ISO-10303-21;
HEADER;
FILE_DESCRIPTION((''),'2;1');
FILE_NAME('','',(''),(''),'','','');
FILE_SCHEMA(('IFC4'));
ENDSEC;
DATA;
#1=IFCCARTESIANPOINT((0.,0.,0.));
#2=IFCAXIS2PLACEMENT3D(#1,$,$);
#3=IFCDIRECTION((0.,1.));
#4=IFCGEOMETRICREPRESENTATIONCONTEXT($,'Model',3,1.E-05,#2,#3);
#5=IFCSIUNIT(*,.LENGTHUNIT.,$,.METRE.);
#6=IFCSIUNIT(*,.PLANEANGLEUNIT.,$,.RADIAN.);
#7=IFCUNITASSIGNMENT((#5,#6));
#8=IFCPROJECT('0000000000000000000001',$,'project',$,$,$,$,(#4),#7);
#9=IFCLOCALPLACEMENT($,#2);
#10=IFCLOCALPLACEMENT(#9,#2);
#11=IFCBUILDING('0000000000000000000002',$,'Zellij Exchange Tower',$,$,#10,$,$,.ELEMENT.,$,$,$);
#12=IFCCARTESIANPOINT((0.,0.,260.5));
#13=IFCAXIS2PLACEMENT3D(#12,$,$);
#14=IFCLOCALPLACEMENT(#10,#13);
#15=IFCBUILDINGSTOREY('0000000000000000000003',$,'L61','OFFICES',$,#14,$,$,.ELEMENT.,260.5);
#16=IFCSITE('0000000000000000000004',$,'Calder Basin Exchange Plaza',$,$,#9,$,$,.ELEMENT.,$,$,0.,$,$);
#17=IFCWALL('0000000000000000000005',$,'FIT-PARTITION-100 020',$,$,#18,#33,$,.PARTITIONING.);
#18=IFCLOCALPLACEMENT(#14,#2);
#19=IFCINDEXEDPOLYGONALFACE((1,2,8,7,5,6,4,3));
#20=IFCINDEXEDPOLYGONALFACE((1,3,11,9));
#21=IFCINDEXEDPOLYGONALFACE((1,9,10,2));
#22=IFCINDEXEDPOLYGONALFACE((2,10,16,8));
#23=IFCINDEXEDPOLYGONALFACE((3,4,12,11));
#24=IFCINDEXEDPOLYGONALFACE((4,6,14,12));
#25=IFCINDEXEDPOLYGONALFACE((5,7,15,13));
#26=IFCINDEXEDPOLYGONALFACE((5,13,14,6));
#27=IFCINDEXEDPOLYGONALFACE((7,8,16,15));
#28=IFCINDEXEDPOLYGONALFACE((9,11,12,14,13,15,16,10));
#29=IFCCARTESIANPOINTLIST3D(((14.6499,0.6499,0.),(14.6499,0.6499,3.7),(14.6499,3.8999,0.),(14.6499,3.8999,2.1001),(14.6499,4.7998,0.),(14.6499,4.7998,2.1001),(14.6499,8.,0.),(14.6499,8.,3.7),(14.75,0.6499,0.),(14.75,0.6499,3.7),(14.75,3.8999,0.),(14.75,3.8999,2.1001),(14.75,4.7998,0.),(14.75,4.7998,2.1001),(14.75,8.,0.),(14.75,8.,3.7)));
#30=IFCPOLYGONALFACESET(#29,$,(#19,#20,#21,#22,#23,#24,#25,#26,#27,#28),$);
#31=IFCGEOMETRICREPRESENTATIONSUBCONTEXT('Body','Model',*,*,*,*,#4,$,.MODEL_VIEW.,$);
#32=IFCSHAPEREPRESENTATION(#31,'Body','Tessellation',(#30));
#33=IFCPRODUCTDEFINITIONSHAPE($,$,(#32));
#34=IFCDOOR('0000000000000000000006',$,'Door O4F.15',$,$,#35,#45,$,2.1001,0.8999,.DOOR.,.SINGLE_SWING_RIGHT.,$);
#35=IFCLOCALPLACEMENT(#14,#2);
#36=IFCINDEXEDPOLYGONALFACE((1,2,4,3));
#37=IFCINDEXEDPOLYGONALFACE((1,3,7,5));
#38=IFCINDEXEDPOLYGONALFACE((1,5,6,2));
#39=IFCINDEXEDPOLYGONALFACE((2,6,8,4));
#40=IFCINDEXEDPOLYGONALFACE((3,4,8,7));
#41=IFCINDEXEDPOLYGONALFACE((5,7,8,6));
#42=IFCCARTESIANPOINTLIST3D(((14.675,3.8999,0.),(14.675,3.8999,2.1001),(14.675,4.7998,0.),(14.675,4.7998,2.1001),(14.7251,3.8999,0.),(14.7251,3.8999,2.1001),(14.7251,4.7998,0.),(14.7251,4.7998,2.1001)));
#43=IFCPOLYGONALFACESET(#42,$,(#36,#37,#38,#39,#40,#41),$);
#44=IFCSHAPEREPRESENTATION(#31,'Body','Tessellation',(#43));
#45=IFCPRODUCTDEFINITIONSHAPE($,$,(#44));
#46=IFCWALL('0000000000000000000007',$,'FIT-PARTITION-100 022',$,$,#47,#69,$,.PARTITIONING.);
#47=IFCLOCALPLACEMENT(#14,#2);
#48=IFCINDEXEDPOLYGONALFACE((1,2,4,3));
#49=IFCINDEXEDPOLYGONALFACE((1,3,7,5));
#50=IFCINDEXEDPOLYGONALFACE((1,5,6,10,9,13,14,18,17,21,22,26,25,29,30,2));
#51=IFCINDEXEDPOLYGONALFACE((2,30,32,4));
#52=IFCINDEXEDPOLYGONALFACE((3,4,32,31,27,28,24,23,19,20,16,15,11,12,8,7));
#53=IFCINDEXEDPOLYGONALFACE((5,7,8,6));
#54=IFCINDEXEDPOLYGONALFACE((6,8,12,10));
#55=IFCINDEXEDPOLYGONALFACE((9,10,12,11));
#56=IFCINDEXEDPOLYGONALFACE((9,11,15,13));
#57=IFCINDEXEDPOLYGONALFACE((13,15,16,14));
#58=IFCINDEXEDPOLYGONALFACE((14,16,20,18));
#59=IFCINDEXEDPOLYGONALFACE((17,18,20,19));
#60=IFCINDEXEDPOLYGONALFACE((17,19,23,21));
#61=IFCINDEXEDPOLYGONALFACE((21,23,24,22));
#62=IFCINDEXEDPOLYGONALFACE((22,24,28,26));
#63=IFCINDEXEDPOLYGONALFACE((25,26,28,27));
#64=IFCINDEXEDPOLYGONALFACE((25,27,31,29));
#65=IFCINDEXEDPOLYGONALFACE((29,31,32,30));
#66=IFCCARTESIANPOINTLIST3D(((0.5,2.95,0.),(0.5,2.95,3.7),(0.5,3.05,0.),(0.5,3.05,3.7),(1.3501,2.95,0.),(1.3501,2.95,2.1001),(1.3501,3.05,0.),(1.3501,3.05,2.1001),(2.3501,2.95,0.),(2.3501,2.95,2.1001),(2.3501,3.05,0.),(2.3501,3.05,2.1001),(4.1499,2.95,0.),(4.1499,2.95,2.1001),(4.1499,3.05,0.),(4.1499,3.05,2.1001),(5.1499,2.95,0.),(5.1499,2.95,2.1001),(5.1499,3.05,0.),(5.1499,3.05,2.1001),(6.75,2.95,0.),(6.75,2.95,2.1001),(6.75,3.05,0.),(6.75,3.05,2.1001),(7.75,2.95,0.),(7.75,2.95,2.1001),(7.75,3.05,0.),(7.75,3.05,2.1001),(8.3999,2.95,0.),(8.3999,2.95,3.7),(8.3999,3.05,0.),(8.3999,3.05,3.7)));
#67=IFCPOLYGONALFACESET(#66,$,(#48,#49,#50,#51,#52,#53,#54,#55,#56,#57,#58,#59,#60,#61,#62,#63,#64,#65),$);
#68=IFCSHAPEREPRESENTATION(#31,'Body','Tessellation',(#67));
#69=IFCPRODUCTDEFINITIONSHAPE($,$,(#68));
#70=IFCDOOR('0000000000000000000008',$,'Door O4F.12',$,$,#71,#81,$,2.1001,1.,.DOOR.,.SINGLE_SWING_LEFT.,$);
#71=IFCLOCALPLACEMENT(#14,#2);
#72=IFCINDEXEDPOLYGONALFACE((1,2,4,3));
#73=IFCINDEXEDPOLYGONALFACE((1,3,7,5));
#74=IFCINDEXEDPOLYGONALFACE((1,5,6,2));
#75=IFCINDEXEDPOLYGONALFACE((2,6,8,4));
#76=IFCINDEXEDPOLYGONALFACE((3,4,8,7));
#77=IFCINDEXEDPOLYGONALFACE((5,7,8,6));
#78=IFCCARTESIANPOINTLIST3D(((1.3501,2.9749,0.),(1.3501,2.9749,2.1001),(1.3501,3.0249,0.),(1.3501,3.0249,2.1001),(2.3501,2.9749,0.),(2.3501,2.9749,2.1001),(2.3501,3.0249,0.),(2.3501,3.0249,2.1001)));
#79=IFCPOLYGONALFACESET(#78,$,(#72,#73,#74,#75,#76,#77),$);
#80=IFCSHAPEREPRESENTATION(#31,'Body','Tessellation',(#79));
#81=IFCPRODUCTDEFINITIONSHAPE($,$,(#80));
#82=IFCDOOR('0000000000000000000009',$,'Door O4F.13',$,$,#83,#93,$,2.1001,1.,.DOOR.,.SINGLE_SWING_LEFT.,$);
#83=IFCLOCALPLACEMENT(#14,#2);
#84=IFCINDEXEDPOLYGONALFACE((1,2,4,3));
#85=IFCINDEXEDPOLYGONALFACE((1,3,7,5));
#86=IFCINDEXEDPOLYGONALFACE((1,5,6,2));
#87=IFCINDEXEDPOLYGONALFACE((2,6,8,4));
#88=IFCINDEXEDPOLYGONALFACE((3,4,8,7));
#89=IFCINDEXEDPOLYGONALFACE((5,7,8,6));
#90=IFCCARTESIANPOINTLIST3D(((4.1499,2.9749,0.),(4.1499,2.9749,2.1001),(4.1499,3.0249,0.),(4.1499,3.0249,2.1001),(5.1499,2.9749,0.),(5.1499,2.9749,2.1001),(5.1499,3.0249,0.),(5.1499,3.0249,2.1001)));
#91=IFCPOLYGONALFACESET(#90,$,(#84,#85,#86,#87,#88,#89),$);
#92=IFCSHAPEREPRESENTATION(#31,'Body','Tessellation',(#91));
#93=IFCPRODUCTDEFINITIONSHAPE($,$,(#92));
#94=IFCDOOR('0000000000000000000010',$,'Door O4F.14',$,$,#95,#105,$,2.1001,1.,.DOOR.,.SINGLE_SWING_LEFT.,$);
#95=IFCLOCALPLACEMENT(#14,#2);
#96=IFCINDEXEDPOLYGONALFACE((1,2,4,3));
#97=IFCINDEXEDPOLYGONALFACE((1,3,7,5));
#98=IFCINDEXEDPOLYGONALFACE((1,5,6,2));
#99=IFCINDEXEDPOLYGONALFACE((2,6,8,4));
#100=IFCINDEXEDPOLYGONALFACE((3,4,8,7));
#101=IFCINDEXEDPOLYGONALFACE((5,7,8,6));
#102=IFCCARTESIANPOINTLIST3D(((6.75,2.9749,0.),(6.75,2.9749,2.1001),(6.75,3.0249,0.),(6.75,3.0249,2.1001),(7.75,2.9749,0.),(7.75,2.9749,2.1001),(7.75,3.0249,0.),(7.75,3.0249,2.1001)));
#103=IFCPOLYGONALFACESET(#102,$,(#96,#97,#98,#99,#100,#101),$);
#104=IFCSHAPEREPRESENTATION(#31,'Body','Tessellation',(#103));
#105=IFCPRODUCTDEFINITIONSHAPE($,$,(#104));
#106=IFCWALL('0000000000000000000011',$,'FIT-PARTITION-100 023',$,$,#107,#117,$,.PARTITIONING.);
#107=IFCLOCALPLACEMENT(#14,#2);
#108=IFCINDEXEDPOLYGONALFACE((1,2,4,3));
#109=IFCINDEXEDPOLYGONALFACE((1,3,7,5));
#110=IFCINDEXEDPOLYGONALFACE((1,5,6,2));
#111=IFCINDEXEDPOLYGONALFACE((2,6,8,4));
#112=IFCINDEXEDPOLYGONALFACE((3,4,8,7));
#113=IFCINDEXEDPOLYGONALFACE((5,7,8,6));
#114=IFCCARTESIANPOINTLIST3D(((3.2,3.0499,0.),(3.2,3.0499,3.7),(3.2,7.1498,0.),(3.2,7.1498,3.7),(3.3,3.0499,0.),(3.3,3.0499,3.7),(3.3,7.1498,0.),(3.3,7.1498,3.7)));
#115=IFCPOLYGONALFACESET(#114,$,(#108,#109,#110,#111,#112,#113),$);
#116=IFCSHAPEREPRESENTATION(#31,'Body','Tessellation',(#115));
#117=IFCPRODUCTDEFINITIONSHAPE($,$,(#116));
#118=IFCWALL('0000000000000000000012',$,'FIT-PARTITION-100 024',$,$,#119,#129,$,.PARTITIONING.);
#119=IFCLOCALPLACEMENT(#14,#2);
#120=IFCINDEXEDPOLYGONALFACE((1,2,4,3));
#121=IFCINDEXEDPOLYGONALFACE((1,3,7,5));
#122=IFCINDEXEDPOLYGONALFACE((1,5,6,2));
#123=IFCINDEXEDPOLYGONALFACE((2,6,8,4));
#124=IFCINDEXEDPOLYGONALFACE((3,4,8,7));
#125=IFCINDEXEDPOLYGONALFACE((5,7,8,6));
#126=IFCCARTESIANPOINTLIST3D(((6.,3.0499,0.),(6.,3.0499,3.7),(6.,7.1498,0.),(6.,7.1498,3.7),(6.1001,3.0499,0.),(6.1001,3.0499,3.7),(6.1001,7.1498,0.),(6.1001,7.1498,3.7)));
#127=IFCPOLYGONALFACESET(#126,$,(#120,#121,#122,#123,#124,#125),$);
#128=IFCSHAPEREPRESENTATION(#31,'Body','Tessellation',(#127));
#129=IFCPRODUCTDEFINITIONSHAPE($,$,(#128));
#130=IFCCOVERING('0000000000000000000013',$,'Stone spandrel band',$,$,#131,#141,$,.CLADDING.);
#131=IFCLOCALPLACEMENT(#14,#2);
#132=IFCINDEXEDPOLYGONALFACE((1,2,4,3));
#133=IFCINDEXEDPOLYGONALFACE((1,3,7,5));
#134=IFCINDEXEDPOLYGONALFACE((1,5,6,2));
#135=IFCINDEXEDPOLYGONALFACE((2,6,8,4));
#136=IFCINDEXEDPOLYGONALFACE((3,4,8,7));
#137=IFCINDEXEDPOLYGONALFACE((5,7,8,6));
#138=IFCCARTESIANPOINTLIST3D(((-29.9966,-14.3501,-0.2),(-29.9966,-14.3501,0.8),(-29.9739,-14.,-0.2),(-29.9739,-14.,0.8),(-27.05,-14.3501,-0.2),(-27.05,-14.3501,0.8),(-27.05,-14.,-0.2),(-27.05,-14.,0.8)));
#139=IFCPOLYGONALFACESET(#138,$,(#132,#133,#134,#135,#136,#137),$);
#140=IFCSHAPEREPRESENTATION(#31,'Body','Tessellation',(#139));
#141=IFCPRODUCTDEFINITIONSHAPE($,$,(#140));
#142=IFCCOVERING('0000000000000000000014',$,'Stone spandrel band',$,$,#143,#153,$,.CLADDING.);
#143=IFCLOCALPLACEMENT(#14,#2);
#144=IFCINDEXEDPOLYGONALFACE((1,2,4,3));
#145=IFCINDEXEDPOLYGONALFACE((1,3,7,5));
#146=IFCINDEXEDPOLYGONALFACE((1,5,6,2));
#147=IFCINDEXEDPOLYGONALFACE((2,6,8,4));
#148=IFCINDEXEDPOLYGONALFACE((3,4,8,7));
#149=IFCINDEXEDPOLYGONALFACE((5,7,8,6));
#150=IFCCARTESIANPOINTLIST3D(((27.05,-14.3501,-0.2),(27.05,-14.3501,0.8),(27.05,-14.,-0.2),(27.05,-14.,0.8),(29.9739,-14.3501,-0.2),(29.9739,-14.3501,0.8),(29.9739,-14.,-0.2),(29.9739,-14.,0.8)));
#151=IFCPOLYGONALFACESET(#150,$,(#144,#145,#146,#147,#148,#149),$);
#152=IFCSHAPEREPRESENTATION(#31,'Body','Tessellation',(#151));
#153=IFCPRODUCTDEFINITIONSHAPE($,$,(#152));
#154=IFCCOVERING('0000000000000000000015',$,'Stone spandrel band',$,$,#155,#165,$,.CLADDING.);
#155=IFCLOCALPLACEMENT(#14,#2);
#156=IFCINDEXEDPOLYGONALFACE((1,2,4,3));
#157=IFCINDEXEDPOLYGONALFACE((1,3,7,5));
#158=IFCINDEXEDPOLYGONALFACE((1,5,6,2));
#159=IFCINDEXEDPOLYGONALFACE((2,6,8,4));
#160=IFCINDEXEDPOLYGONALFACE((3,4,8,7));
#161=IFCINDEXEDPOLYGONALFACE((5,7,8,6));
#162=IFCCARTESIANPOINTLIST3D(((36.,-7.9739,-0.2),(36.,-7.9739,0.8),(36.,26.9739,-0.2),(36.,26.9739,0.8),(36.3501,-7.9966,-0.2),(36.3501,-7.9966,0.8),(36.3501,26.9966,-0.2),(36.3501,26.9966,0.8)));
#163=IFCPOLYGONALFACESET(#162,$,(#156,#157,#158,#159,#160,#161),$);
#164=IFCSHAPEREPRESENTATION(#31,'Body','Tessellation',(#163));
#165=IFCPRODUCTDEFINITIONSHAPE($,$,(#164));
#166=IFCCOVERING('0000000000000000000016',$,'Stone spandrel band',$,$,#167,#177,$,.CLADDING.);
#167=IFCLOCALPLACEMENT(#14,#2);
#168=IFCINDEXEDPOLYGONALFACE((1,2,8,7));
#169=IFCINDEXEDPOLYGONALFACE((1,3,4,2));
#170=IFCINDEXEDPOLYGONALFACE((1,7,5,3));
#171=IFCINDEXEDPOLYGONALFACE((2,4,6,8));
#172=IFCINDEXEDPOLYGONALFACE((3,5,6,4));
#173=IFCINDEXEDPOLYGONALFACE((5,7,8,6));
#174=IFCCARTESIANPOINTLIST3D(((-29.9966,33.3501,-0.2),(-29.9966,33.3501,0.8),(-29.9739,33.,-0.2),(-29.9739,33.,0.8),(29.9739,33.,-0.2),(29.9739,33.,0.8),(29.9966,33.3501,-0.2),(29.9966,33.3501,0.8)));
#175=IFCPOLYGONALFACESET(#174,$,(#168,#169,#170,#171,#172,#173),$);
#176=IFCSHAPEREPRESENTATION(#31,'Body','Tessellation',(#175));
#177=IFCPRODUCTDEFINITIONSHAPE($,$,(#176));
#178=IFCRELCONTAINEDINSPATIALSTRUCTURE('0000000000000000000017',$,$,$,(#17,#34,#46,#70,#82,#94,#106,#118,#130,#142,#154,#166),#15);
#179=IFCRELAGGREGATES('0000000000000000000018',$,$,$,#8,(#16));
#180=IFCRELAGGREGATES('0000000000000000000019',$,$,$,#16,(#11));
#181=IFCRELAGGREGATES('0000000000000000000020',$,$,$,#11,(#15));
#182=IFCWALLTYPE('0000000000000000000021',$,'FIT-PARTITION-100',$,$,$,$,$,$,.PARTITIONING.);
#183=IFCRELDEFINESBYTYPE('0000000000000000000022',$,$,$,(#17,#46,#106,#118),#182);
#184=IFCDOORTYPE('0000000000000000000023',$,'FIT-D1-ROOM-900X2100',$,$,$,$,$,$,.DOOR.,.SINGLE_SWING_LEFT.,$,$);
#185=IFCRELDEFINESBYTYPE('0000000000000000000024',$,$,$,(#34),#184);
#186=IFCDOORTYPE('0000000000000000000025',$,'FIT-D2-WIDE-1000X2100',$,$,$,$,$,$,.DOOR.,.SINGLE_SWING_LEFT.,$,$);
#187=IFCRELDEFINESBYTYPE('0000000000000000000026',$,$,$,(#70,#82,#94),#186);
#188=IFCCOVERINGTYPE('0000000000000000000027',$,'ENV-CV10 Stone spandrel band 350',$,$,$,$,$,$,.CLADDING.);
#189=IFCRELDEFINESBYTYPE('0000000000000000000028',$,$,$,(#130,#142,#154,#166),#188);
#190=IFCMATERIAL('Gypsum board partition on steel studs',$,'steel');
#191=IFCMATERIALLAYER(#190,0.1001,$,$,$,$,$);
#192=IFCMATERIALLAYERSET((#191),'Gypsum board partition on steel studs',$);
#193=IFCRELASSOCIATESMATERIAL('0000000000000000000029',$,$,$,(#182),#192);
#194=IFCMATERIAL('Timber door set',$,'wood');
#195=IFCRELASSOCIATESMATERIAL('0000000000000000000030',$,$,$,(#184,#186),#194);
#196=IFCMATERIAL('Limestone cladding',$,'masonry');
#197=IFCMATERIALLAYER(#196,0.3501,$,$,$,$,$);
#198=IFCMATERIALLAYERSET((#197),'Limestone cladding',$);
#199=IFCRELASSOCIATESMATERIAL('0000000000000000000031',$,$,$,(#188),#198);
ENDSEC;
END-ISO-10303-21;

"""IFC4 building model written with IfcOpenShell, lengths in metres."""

from ifc_helpers import new_model, si_unit, direction, frame, frame_2d, origin, place, context, subcontext, project, spatial, polyline, rectangle, outline, extrude, material, layer, layer_set, type_object, element, fill, save


model = new_model("IFC4")

# Units and contexts
model_context = context("Model", 3, precision=1e-05, world=origin(), true_north=direction((0.0, 1.0)))
body_context = subcontext(model_context, "Body", "Model", "MODEL_VIEW")
ifc_project = project(units=[si_unit("LENGTHUNIT", "METRE"), si_unit("PLANEANGLEUNIT", "RADIAN")], contexts=[model_context])

# Site, building, storey
site_placement = place(None, origin())
site = spatial("IfcSite", under=ifc_project, at=site_placement, Name="Calder Basin Exchange Plaza", CompositionType="ELEMENT", RefElevation=0.0)
building_placement = place(site_placement, origin())
building = spatial("IfcBuilding", under=site, at=building_placement, Name="Zellij Exchange Tower", CompositionType="ELEMENT")
storey_placement = place(building_placement, frame((0.0, 0.0, 260.5)))
storey = spatial("IfcBuildingStorey", under=building, at=storey_placement, Name="L61", Description="OFFICES", CompositionType="ELEMENT", Elevation=260.5)

# Shared definitions
ifc_material_1 = material(Name="Gypsum board partition on steel studs", Category="steel")
ifc_layer_1 = layer(ifc_material_1, 0.1001)
ifc_layer_set_1 = layer_set([ifc_layer_1], Name="Gypsum board partition on steel studs")
wall_type = type_object("IfcWallType", Name="FIT-PARTITION-100", PredefinedType="PARTITIONING", material=ifc_layer_set_1)

# Wall, opening, door
ifc_material_2 = material(Name="Timber door set", Category="wood")
door_type_1 = type_object("IfcDoorType", Name="FIT-D1-ROOM-900X2100", OperationType="SINGLE_SWING_LEFT", PredefinedType="DOOR", material=ifc_material_2)
wall_1_placement = place(storey_placement, frame((14.7, 0.6499, 0.0), z_axis=(0.0, 0.0, 1.0), x_axis=(0.0, 1.0, 0.0)))
wall_1 = element("IfcWall", 1, at=wall_1_placement, inside=storey, type_object=wall_type, Name="FIT-PARTITION-100 020", PredefinedType="PARTITIONING", context=body_context, shape_type="SweptSolid", body=[
    extrude(rectangle(XDim=7.3501, YDim=0.1001, at=frame_2d((3.675, 0.0))), origin(), (0.0, 0.0, 1.0), 3.7),
])
opening_1_placement = place(wall_1_placement, frame((3.25, 0.0, 0.0)))
opening_1 = element("IfcOpeningElement", 2, at=opening_1_placement, cuts=wall_1, PredefinedType="OPENING", context=body_context, shape_type="SweptSolid", body=[
    extrude(rectangle(XDim=0.8999, YDim=2.1001, at=frame_2d((0.45, 1.05))), frame((0.0, 0.062, 0.0), z_axis=(0.0, -1.0, 0.0), x_axis=(1.0, 0.0, 0.0)), (0.0, 0.0, 1.0), 0.124),
])
door_1_placement = place(opening_1_placement, origin())
door_1 = element("IfcDoor", 3, at=door_1_placement, inside=storey, type_object=door_type_1, Name="Door O4F.15", OperationType="SINGLE_SWING_RIGHT", OverallHeight=2.1001, OverallWidth=0.8999, PredefinedType="DOOR", context=body_context, shape_type="SweptSolid", body=[
    extrude(rectangle(XDim=0.8999, YDim=2.1001, at=frame_2d((0.45, 1.05))), frame((0.0, 0.0249, 0.0), z_axis=(0.0, -1.0, 0.0), x_axis=(1.0, 0.0, 0.0)), (0.0, 0.0, 1.0), 0.05),
])
fill(opening_1, door_1)

# Wall, openings, doors
wall_2_placement = place(storey_placement, frame((0.5, 3.0, 0.0), z_axis=(0.0, 0.0, 1.0), x_axis=(1.0, 0.0, 0.0)))
wall_2 = element("IfcWall", 4, at=wall_2_placement, inside=storey, type_object=wall_type, Name="FIT-PARTITION-100 022", PredefinedType="PARTITIONING", context=body_context, shape_type="SweptSolid", body=[
    extrude(rectangle(XDim=7.8999, YDim=0.1001, at=frame_2d((3.95, 0.0))), origin(), (0.0, 0.0, 1.0), 3.7),
])
opening_2_placement = place(wall_2_placement, frame((0.8501, 0.0, 0.0)))
opening_2 = element("IfcOpeningElement", 5, at=opening_2_placement, cuts=wall_2, PredefinedType="OPENING", context=body_context, shape_type="SweptSolid", body=[
    extrude(rectangle(XDim=1.0, YDim=2.1001, at=frame_2d((0.5, 1.05))), frame((0.0, 0.062, 0.0), z_axis=(0.0, -1.0, 0.0), x_axis=(1.0, 0.0, 0.0)), (0.0, 0.0, 1.0), 0.124),
])
opening_3_placement = place(wall_2_placement, frame((3.6499, 0.0, 0.0)))
opening_3 = element("IfcOpeningElement", 6, at=opening_3_placement, cuts=wall_2, PredefinedType="OPENING", context=body_context, shape_type="SweptSolid", body=[
    extrude(rectangle(XDim=1.0, YDim=2.1001, at=frame_2d((0.5, 1.05))), frame((0.0, 0.062, 0.0), z_axis=(0.0, -1.0, 0.0), x_axis=(1.0, 0.0, 0.0)), (0.0, 0.0, 1.0), 0.124),
])
opening_4_placement = place(wall_2_placement, frame((6.25, 0.0, 0.0)))
opening_4 = element("IfcOpeningElement", 7, at=opening_4_placement, cuts=wall_2, PredefinedType="OPENING", context=body_context, shape_type="SweptSolid", body=[
    extrude(rectangle(XDim=1.0, YDim=2.1001, at=frame_2d((0.5, 1.05))), frame((0.0, 0.062, 0.0), z_axis=(0.0, -1.0, 0.0), x_axis=(1.0, 0.0, 0.0)), (0.0, 0.0, 1.0), 0.124),
])
door_type_2 = type_object("IfcDoorType", Name="FIT-D2-WIDE-1000X2100", OperationType="SINGLE_SWING_LEFT", PredefinedType="DOOR", material=ifc_material_2)
door_2_placement = place(opening_2_placement, origin())
door_2 = element("IfcDoor", 8, at=door_2_placement, inside=storey, type_object=door_type_2, Name="Door O4F.12", OperationType="SINGLE_SWING_LEFT", OverallHeight=2.1001, OverallWidth=1.0, PredefinedType="DOOR", context=body_context, shape_type="SweptSolid", body=[
    extrude(rectangle(XDim=1.0, YDim=2.1001, at=frame_2d((0.5, 1.05))), frame((0.0, 0.0249, 0.0), z_axis=(0.0, -1.0, 0.0), x_axis=(1.0, 0.0, 0.0)), (0.0, 0.0, 1.0), 0.05),
])
fill(opening_2, door_2)
door_3_placement = place(opening_3_placement, origin())
door_3 = element("IfcDoor", 9, at=door_3_placement, inside=storey, type_object=door_type_2, Name="Door O4F.13", OperationType="SINGLE_SWING_LEFT", OverallHeight=2.1001, OverallWidth=1.0, PredefinedType="DOOR", context=body_context, shape_type="SweptSolid", body=[
    extrude(rectangle(XDim=1.0, YDim=2.1001, at=frame_2d((0.5, 1.05))), frame((0.0, 0.0249, 0.0), z_axis=(0.0, -1.0, 0.0), x_axis=(1.0, 0.0, 0.0)), (0.0, 0.0, 1.0), 0.05),
])
fill(opening_3, door_3)
door_4_placement = place(opening_4_placement, origin())
door_4 = element("IfcDoor", 10, at=door_4_placement, inside=storey, type_object=door_type_2, Name="Door O4F.14", OperationType="SINGLE_SWING_LEFT", OverallHeight=2.1001, OverallWidth=1.0, PredefinedType="DOOR", context=body_context, shape_type="SweptSolid", body=[
    extrude(rectangle(XDim=1.0, YDim=2.1001, at=frame_2d((0.5, 1.05))), frame((0.0, 0.0249, 0.0), z_axis=(0.0, -1.0, 0.0), x_axis=(1.0, 0.0, 0.0)), (0.0, 0.0, 1.0), 0.05),
])
fill(opening_4, door_4)

# Walls
for number, where, z_axis, x_axis, name in (
    (11, (3.25, 3.05, 0.0), (0.0, 0.0, 1.0), (0.0, 1.0, 0.0), "FIT-PARTITION-100 023"),
    (12, (6.05, 3.05, 0.0), (0.0, 0.0, 1.0), (0.0, 1.0, 0.0), "FIT-PARTITION-100 024"),
):
    element("IfcWall", number, at=place(storey_placement, frame(where, z_axis=z_axis, x_axis=x_axis)), inside=storey, type_object=wall_type, Name=name, PredefinedType="PARTITIONING", context=body_context, shape_type="SweptSolid", body=[
        extrude(rectangle(XDim=4.0999, YDim=0.1001, at=frame_2d((2.0498, 0.0))), origin(), (0.0, 0.0, 1.0), 3.7),
    ])

# Coverings
ifc_material_3 = material(Name="Limestone cladding", Category="masonry")
ifc_layer_2 = layer(ifc_material_3, 0.3501)
ifc_layer_set_2 = layer_set([ifc_layer_2], Name="Limestone cladding")
covering_type = type_object("IfcCoveringType", Name="ENV-CV10 Stone spandrel band 350", PredefinedType="CLADDING", material=ifc_layer_set_2)
covering_1_placement = place(storey_placement, frame((0.0, 0.0, -0.2)))
element("IfcCovering", 13, at=covering_1_placement, inside=storey, type_object=covering_type, Name="Stone spandrel band", PredefinedType="CLADDING", context=body_context, shape_type="SweptSolid", body=[
    extrude(outline(polyline([(-29.9739, -14.0), (-27.05, -14.0), (-27.05, -14.3501), (-29.9966, -14.3501), (-29.9739, -14.0)])), origin(), (0.0, 0.0, 1.0), 1.0),
])
covering_2_placement = place(storey_placement, frame((0.0, 0.0, -0.2)))
element("IfcCovering", 14, at=covering_2_placement, inside=storey, type_object=covering_type, Name="Stone spandrel band", PredefinedType="CLADDING", context=body_context, shape_type="SweptSolid", body=[
    extrude(outline(polyline([(27.05, -14.0), (29.9739, -14.0), (29.9739, -14.3501), (27.05, -14.3501), (27.05, -14.0)])), origin(), (0.0, 0.0, 1.0), 1.0),
])
covering_3_placement = place(storey_placement, frame((0.0, 0.0, -0.2)))
element("IfcCovering", 15, at=covering_3_placement, inside=storey, type_object=covering_type, Name="Stone spandrel band", PredefinedType="CLADDING", context=body_context, shape_type="SweptSolid", body=[
    extrude(outline(polyline([(36.0, -7.9739), (36.0, 26.9739), (36.3501, 26.9966), (36.3501, -7.9966), (36.0, -7.9739)])), origin(), (0.0, 0.0, 1.0), 1.0),
])
covering_4_placement = place(storey_placement, frame((0.0, 0.0, -0.2)))
element("IfcCovering", 16, at=covering_4_placement, inside=storey, type_object=covering_type, Name="Stone spandrel band", PredefinedType="CLADDING", context=body_context, shape_type="SweptSolid", body=[
    extrude(outline(polyline([(29.9739, 33.0), (-29.9739, 33.0), (-29.9966, 33.3501), (29.9966, 33.3501), (29.9739, 33.0)])), origin(), (0.0, 0.0, 1.0), 1.0),
])

save(model, "model.ifc")
